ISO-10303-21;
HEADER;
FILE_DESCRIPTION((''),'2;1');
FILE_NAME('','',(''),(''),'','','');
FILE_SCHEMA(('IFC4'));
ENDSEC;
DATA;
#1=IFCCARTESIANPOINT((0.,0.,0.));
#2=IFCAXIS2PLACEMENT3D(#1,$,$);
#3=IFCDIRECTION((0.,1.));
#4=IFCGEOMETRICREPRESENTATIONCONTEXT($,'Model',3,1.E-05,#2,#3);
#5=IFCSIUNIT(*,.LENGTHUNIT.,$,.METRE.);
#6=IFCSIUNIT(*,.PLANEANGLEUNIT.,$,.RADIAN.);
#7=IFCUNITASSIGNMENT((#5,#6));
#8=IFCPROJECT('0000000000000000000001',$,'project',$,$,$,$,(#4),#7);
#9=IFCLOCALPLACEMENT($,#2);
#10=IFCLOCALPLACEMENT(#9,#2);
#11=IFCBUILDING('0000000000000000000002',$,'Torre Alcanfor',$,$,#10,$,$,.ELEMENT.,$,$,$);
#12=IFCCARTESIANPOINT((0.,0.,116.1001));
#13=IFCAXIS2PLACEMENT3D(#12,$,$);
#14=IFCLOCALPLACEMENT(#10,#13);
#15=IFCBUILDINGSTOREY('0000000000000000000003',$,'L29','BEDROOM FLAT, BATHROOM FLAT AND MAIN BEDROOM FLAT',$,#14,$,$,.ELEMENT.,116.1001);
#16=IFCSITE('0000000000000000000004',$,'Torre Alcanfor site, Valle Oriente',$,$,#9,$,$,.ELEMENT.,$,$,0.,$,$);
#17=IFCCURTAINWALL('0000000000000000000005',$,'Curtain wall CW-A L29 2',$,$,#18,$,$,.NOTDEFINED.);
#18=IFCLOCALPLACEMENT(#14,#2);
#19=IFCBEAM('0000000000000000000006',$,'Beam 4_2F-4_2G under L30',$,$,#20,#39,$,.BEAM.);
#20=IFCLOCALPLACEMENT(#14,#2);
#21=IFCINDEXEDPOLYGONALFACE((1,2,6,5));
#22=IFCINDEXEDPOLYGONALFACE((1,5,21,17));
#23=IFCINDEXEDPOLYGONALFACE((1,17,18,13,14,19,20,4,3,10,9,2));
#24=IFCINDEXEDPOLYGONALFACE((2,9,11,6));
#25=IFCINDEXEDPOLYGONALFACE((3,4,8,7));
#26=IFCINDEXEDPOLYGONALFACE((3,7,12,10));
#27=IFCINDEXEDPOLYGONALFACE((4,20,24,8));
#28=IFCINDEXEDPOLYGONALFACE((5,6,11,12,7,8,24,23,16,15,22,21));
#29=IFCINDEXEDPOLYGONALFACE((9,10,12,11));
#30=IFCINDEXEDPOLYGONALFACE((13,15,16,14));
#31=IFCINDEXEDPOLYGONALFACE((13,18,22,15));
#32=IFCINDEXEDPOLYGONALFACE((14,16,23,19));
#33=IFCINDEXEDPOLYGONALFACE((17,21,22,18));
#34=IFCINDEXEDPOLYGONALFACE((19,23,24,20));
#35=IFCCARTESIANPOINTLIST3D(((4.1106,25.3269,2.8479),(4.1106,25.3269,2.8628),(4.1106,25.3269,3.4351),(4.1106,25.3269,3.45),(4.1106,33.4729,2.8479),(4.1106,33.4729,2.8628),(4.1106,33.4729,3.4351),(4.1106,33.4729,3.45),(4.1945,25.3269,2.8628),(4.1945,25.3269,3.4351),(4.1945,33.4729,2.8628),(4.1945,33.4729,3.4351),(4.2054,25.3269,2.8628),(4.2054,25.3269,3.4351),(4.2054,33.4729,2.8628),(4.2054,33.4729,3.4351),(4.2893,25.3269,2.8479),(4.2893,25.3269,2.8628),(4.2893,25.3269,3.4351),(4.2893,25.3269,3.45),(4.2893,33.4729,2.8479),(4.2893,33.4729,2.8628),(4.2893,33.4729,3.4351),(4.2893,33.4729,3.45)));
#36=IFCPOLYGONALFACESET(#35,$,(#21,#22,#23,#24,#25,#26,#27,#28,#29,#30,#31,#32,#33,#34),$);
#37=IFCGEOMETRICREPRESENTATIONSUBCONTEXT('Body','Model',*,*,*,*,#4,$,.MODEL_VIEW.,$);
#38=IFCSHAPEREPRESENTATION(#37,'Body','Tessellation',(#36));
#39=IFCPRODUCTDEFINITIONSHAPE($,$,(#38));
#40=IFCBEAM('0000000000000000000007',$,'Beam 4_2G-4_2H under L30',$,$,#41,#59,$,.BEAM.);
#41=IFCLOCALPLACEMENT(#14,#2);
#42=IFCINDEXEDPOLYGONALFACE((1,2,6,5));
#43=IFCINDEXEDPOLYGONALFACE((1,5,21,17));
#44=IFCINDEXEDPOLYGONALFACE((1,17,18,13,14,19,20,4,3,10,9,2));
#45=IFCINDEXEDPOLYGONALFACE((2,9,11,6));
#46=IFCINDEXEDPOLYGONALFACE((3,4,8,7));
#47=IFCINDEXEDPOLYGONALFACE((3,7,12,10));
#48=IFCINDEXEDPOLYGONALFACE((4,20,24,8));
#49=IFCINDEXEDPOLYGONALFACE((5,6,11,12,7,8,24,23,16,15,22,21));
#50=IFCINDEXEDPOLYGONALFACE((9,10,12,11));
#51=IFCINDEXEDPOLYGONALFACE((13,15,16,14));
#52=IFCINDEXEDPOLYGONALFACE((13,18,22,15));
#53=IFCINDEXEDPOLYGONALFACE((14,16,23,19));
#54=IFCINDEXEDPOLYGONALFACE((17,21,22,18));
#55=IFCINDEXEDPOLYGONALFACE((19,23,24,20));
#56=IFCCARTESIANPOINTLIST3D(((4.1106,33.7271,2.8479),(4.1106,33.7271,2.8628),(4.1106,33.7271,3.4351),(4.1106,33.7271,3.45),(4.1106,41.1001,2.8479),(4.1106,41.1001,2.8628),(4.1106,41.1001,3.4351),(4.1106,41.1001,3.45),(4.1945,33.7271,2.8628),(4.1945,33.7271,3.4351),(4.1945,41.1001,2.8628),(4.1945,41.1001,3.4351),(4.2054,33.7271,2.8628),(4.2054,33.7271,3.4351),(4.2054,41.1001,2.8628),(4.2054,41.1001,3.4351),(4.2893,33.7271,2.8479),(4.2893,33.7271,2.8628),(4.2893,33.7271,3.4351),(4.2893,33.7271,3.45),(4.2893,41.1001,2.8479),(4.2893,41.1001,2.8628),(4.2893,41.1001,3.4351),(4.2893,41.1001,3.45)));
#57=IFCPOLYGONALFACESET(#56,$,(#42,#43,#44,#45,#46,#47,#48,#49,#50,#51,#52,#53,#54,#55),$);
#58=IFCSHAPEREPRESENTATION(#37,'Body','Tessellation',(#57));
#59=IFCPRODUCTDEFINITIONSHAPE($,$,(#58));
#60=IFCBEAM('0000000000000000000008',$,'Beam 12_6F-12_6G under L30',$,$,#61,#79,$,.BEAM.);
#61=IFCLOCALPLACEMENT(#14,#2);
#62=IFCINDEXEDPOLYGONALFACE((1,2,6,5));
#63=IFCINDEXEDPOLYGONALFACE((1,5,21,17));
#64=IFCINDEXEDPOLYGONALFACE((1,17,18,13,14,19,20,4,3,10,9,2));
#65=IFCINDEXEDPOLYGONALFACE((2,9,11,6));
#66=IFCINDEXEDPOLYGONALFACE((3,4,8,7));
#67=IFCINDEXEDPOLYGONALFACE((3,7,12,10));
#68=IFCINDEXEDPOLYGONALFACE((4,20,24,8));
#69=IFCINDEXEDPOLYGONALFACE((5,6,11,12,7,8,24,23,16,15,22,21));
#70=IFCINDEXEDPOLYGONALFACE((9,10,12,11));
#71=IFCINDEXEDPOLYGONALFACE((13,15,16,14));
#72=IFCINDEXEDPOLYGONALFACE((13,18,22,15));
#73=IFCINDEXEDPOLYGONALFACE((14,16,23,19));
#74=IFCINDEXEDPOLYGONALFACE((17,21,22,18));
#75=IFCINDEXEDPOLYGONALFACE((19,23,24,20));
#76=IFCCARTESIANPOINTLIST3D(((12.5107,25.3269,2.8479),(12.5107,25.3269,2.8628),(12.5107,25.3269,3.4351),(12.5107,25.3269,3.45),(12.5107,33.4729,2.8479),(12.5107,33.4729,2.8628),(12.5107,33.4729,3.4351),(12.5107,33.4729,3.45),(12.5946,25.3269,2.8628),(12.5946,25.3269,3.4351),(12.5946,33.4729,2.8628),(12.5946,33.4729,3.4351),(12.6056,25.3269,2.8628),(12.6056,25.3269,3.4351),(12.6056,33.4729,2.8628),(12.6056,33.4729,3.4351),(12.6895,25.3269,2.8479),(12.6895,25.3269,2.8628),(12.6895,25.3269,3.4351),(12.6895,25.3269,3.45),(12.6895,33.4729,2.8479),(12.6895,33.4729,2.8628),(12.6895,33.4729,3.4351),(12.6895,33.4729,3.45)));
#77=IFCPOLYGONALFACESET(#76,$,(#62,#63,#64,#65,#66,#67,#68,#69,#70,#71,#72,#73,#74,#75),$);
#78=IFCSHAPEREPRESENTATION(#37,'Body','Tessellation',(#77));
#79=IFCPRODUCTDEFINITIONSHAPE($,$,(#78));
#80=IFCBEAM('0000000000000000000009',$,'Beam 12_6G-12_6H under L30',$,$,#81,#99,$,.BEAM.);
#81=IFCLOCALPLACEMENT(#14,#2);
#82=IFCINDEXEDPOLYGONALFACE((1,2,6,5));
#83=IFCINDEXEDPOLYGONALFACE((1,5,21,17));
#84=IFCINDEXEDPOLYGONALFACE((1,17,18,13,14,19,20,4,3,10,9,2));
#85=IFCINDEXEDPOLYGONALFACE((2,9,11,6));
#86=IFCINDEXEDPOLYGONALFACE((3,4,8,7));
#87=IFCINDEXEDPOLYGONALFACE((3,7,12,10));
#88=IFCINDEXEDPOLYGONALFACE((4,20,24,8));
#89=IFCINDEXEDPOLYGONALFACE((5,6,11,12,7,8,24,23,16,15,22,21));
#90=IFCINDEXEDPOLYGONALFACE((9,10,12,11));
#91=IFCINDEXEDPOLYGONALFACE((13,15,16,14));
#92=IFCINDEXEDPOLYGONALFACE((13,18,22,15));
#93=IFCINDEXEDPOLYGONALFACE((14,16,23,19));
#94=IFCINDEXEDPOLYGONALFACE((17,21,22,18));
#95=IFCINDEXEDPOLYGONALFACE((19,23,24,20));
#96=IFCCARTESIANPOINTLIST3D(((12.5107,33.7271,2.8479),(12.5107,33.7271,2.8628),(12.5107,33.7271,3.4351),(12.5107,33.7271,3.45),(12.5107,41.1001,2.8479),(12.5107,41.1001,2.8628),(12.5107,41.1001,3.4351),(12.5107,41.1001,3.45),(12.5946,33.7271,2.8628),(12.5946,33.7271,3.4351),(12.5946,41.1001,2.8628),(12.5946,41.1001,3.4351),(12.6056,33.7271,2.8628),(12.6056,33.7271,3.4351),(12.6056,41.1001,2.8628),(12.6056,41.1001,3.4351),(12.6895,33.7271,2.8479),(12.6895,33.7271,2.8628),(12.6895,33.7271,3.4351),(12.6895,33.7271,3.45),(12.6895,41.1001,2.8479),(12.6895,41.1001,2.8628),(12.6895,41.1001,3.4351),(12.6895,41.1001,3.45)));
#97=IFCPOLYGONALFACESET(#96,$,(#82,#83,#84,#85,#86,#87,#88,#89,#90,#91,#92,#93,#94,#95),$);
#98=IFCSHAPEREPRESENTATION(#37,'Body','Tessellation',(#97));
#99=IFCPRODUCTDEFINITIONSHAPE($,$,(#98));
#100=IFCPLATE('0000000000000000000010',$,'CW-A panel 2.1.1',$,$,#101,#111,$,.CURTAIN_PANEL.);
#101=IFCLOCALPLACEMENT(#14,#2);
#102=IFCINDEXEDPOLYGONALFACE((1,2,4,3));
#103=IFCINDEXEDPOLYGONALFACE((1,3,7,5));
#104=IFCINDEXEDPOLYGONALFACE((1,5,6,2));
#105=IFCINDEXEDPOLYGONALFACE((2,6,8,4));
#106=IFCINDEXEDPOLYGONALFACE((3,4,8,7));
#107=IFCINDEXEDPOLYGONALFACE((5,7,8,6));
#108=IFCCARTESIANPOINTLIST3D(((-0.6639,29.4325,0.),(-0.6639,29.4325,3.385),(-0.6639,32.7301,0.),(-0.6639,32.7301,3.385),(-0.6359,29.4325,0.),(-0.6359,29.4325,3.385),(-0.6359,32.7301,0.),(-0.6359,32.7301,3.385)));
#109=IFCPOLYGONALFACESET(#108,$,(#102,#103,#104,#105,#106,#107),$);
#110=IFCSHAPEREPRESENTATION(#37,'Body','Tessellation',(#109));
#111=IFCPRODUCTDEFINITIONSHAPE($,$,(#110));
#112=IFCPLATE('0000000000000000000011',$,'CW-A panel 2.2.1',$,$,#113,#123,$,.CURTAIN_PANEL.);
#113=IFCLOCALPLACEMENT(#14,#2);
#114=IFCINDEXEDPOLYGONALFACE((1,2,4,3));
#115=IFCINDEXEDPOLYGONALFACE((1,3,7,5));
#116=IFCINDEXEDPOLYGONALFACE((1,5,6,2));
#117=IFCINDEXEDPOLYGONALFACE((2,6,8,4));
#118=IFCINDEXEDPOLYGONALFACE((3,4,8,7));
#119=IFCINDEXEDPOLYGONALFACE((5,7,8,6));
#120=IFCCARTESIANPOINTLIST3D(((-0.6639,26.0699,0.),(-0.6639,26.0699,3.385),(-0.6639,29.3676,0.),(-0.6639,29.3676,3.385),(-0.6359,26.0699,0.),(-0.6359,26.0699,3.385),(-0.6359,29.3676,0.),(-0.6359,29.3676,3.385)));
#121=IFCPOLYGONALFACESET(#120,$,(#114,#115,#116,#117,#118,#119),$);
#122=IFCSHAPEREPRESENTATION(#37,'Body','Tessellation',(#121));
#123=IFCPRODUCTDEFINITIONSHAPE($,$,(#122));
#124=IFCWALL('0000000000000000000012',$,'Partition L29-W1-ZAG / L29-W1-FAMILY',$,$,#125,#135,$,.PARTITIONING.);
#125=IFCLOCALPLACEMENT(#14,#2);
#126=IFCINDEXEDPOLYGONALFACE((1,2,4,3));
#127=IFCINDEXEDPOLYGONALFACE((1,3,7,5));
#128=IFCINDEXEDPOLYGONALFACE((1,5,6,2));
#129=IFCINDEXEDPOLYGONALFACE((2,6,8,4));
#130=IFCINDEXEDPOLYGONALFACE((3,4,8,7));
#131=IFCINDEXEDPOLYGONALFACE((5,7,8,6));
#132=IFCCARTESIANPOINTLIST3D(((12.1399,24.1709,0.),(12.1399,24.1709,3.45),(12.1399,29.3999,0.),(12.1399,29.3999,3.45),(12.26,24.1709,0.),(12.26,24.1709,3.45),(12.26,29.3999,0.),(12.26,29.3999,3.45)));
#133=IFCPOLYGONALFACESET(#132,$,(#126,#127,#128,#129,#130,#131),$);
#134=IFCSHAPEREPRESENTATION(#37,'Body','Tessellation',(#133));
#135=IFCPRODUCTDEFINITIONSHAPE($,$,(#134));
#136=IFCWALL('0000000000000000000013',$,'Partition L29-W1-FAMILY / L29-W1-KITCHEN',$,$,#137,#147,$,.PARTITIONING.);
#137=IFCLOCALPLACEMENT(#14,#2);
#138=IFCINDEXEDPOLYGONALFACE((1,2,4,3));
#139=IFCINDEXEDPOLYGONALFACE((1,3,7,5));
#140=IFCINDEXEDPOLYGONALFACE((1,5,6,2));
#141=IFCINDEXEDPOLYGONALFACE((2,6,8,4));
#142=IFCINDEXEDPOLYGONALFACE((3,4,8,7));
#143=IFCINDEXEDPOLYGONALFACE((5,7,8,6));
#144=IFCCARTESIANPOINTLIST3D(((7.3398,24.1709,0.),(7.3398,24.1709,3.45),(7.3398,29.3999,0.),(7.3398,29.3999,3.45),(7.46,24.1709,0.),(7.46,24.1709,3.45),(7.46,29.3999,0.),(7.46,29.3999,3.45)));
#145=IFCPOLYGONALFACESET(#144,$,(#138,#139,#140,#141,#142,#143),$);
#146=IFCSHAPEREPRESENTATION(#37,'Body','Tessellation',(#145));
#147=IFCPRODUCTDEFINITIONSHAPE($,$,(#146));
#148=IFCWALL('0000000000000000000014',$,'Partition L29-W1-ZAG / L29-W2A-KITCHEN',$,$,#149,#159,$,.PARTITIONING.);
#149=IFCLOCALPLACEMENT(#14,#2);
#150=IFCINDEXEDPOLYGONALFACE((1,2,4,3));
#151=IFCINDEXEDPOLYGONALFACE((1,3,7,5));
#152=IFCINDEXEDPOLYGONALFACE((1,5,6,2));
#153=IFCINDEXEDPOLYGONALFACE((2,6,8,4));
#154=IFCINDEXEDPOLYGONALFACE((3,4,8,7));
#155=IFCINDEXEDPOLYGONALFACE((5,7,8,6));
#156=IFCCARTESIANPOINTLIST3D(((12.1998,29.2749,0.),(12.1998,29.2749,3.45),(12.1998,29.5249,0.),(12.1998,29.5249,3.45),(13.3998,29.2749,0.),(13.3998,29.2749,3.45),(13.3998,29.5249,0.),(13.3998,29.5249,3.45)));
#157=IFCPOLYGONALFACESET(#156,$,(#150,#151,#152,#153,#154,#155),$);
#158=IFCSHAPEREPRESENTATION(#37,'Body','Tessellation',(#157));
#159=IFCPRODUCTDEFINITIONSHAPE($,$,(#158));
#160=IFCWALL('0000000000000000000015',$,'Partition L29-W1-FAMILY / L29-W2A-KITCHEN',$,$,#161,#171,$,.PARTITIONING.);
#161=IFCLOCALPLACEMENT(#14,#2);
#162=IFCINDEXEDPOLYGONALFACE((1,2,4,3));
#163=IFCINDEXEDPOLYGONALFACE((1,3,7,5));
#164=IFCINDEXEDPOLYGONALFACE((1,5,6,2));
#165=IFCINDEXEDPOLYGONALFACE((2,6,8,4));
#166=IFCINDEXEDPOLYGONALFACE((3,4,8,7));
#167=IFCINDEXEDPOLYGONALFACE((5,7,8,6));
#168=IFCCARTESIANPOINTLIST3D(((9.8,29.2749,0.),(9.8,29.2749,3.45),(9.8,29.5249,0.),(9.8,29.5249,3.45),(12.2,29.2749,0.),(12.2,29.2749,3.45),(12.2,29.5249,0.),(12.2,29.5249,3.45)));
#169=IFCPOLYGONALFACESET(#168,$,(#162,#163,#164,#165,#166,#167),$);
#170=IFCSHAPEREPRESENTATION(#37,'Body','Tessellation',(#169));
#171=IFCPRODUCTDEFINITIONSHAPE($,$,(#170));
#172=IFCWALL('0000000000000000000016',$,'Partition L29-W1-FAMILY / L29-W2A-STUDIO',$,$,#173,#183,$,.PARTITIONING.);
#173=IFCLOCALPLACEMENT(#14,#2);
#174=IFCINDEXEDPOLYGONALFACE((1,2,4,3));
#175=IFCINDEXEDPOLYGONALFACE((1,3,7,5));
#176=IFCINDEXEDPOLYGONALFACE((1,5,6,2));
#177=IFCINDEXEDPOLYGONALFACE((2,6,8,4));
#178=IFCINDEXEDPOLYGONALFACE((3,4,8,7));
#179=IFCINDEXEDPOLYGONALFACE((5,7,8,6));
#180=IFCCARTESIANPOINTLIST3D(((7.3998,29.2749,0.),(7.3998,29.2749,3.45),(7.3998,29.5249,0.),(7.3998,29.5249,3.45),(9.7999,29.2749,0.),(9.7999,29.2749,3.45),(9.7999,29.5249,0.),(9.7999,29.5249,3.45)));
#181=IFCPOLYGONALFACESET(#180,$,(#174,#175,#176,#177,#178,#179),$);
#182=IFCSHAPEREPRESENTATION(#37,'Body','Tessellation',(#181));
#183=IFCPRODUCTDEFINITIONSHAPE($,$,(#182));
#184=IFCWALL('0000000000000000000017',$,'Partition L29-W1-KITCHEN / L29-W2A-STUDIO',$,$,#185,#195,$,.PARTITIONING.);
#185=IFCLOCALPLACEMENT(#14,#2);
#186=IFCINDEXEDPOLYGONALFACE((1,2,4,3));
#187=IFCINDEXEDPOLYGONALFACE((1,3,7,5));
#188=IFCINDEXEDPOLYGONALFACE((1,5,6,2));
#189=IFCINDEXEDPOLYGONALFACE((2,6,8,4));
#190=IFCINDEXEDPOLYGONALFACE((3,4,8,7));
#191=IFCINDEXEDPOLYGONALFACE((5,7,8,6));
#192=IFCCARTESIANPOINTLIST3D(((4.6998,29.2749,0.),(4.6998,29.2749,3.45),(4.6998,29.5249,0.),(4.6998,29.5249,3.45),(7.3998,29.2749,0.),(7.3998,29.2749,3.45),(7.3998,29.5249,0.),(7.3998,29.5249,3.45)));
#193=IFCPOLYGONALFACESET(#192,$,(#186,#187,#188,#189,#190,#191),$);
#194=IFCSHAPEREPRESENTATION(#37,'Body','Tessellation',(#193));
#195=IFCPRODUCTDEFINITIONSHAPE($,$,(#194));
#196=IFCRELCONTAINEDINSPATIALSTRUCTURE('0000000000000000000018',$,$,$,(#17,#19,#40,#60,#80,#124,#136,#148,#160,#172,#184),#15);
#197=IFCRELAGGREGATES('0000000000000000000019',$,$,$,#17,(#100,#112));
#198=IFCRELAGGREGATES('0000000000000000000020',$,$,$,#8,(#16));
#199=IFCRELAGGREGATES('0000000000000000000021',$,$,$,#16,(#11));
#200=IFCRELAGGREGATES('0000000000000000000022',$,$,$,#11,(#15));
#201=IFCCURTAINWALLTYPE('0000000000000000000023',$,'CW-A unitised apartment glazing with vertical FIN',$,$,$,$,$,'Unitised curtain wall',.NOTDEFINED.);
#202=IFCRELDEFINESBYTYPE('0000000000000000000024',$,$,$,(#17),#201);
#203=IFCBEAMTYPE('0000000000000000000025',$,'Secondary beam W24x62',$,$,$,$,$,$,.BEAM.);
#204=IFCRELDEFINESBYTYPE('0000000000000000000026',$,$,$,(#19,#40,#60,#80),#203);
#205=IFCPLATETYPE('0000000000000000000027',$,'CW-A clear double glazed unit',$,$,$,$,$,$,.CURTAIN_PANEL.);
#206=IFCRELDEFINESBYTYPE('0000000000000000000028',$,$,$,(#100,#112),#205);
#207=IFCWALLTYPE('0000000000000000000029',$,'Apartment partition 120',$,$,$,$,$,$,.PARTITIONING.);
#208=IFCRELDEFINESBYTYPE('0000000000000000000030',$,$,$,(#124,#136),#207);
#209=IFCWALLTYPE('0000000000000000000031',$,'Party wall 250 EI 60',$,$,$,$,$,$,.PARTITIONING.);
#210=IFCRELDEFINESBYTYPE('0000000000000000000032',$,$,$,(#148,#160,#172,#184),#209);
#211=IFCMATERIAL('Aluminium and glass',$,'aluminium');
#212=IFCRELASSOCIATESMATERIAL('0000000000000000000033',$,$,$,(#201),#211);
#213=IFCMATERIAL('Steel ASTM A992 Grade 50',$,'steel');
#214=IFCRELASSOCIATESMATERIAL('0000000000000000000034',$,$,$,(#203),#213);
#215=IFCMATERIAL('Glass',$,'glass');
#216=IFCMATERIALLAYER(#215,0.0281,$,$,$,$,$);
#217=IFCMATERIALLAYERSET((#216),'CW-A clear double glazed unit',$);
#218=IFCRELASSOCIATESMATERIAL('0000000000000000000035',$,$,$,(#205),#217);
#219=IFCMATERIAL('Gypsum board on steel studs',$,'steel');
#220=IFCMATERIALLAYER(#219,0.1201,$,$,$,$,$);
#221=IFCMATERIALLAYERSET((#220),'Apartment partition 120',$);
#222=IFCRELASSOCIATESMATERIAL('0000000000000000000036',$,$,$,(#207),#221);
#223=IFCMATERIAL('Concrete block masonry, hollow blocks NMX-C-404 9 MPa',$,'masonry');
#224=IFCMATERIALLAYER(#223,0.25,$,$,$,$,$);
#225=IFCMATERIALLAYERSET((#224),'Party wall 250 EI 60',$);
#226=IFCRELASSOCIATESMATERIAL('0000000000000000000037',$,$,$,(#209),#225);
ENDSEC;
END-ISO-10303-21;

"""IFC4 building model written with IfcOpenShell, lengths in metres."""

from ifc_helpers import new_model, si_unit, direction, frame, frame_2d, origin, origin_2d, place, context, subcontext, project, spatial, rectangle, i_section, extrude, material, layer, layer_set, material_profile, profile_set, type_object, element, aggregate, save


model = new_model("IFC4")

# Units and contexts
model_context = context("Model", 3, precision=1e-05, world=origin(), true_north=direction((0.0, 1.0)))
body_context = subcontext(model_context, "Body", "Model", "MODEL_VIEW")
ifc_project = project(units=[si_unit("LENGTHUNIT", "METRE"), si_unit("PLANEANGLEUNIT", "RADIAN")], contexts=[model_context])

# Site, building, storey
site_placement = place(None, origin())
site = spatial("IfcSite", under=ifc_project, at=site_placement, Name="Torre Alcanfor site, Valle Oriente", CompositionType="ELEMENT", RefElevation=0.0)
building_placement = place(site_placement, origin())
building = spatial("IfcBuilding", under=site, at=building_placement, Name="Torre Alcanfor", CompositionType="ELEMENT")
storey_placement = place(building_placement, frame((0.0, 0.0, 116.1001)))
storey = spatial("IfcBuildingStorey", under=building, at=storey_placement, Name="L29", Description="BEDROOM FLAT, BATHROOM FLAT AND MAIN BEDROOM FLAT", CompositionType="ELEMENT", Elevation=116.1001)

# Curtain wall
ifc_material_1 = material(Name="Aluminium and glass", Category="aluminium")
curtain_wall_type = type_object("IfcCurtainWallType", Name="CW-A unitised apartment glazing with vertical FIN", ElementType="Unitised curtain wall", PredefinedType="NOTDEFINED", material=ifc_material_1)
curtain_wall_placement = place(storey_placement, origin())
curtain_wall = element("IfcCurtainWall", 1, at=curtain_wall_placement, inside=storey, type_object=curtain_wall_type, Name="Curtain wall CW-A L29 2", PredefinedType="NOTDEFINED")

# Beams
ifc_material_2 = material(Name="Steel ASTM A992 Grade 50", Category="steel")
ifc_material_profile_1 = material_profile(ifc_material_2, i_section(OverallWidth=0.1787, OverallDepth=0.6021, WebThickness=0.011, FlangeThickness=0.0149, at=origin_2d()), Name="W24x62")
ifc_profile_set_1 = profile_set([ifc_material_profile_1], Name="Steel ASTM A992 Grade 50")
beam_type_1 = type_object("IfcBeamType", Name="Secondary beam W24x62", PredefinedType="BEAM", material=ifc_profile_set_1)
beam_1_placement = place(storey_placement, frame((4.2, 25.3269, 3.1489), z_axis=(0.0, 1.0, 0.0), x_axis=(-1.0, 0.0, 0.0)))
element("IfcBeam", 2, at=beam_1_placement, inside=storey, type_object=beam_type_1, Name="Beam 4_2F-4_2G under L30", PredefinedType="BEAM", context=body_context, shape_type="SweptSolid", body=[
    extrude(i_section(OverallWidth=0.1787, OverallDepth=0.6021, WebThickness=0.011, FlangeThickness=0.0149, at=origin_2d()), origin(), (0.0, 0.0, 1.0), 8.146),
])
beam_2_placement = place(storey_placement, frame((4.2, 33.7271, 3.1489), z_axis=(0.0, 1.0, 0.0), x_axis=(-1.0, 0.0, 0.0)))
element("IfcBeam", 3, at=beam_2_placement, inside=storey, type_object=beam_type_1, Name="Beam 4_2G-4_2H under L30", PredefinedType="BEAM", context=body_context, shape_type="SweptSolid", body=[
    extrude(i_section(OverallWidth=0.1787, OverallDepth=0.6021, WebThickness=0.011, FlangeThickness=0.0149, at=origin_2d()), origin(), (0.0, 0.0, 1.0), 7.373),
])
beam_3_placement = place(storey_placement, frame((12.6001, 25.3269, 3.1489), z_axis=(0.0, 1.0, 0.0), x_axis=(-1.0, 0.0, 0.0)))
element("IfcBeam", 4, at=beam_3_placement, inside=storey, type_object=beam_type_1, Name="Beam 12_6F-12_6G under L30", PredefinedType="BEAM", context=body_context, shape_type="SweptSolid", body=[
    extrude(i_section(OverallWidth=0.1787, OverallDepth=0.6021, WebThickness=0.011, FlangeThickness=0.0149, at=origin_2d()), origin(), (0.0, 0.0, 1.0), 8.146),
])
beam_4_placement = place(storey_placement, frame((12.6001, 33.7271, 3.1489), z_axis=(0.0, 1.0, 0.0), x_axis=(-1.0, 0.0, 0.0)))
element("IfcBeam", 5, at=beam_4_placement, inside=storey, type_object=beam_type_1, Name="Beam 12_6G-12_6H under L30", PredefinedType="BEAM", context=body_context, shape_type="SweptSolid", body=[
    extrude(i_section(OverallWidth=0.1787, OverallDepth=0.6021, WebThickness=0.011, FlangeThickness=0.0149, at=origin_2d()), origin(), (0.0, 0.0, 1.0), 7.373),
])

# Plates
ifc_material_3 = material(Name="Glass", Category="glass")
ifc_layer_1 = layer(ifc_material_3, 0.0281)
ifc_layer_set_1 = layer_set([ifc_layer_1], Name="CW-A clear double glazed unit")
plate_type = type_object("IfcPlateType", Name="CW-A clear double glazed unit", PredefinedType="CURTAIN_PANEL", material=ifc_layer_set_1)
plate_1_placement = place(storey_placement, frame((-0.6499, 31.0813, 0.0), z_axis=(0.0, 0.0, 1.0), x_axis=(0.0, -1.0, 0.0)))
plate_1 = element("IfcPlate", 6, at=plate_1_placement, type_object=plate_type, Name="CW-A panel 2.1.1", PredefinedType="CURTAIN_PANEL", context=body_context, shape_type="SweptSolid", body=[
    extrude(rectangle(XDim=3.2976, YDim=0.0281, at=origin_2d()), origin(), (0.0, 0.0, 1.0), 3.385),
])
plate_2_placement = place(storey_placement, frame((-0.6499, 27.7188, 0.0), z_axis=(0.0, 0.0, 1.0), x_axis=(0.0, -1.0, 0.0)))
plate_2 = element("IfcPlate", 7, at=plate_2_placement, type_object=plate_type, Name="CW-A panel 2.2.1", PredefinedType="CURTAIN_PANEL", context=body_context, shape_type="SweptSolid", body=[
    extrude(rectangle(XDim=3.2976, YDim=0.0281, at=origin_2d()), origin(), (0.0, 0.0, 1.0), 3.385),
])
aggregate(curtain_wall, [plate_1, plate_2])

# Walls
ifc_material_4 = material(Name="Gypsum board on steel studs", Category="steel")
ifc_layer_2 = layer(ifc_material_4, 0.1201)
ifc_layer_set_2 = layer_set([ifc_layer_2], Name="Apartment partition 120")
wall_type_1 = type_object("IfcWallType", Name="Apartment partition 120", PredefinedType="PARTITIONING", material=ifc_layer_set_2)
for number, where, z_axis, x_axis, name in (
    (8, (12.2, 29.3999, 0.0), (0.0, 0.0, 1.0), (0.0, -1.0, 0.0), "Partition L29-W1-ZAG / L29-W1-FAMILY"),
    (9, (7.3999, 29.3999, 0.0), (0.0, 0.0, 1.0), (0.0, -1.0, 0.0), "Partition L29-W1-FAMILY / L29-W1-KITCHEN"),
):
    element("IfcWall", number, at=place(storey_placement, frame(where, z_axis=z_axis, x_axis=x_axis)), inside=storey, type_object=wall_type_1, Name=name, PredefinedType="PARTITIONING", context=body_context, shape_type="SweptSolid", body=[
        extrude(rectangle(XDim=5.229, YDim=0.1201, at=frame_2d((2.6145, 0.0))), origin(), (0.0, 0.0, 1.0), 3.45),
    ])
ifc_material_5 = material(Name="Concrete block masonry, hollow blocks NMX-C-404 9 MPa", Category="masonry")
ifc_layer_3 = layer(ifc_material_5, 0.25)
ifc_layer_set_3 = layer_set([ifc_layer_3], Name="Party wall 250 EI 60")
wall_type_2 = type_object("IfcWallType", Name="Party wall 250 EI 60", PredefinedType="PARTITIONING", material=ifc_layer_set_3)
wall_1_placement = place(storey_placement, frame((13.3999, 29.3999, 0.0), z_axis=(0.0, 0.0, 1.0), x_axis=(-1.0, 0.0, 0.0)))
element("IfcWall", 10, at=wall_1_placement, inside=storey, type_object=wall_type_2, Name="Partition L29-W1-ZAG / L29-W2A-KITCHEN", PredefinedType="PARTITIONING", context=body_context, shape_type="SweptSolid", body=[
    extrude(rectangle(XDim=1.2, YDim=0.25, at=frame_2d((0.6001, 0.0))), origin(), (0.0, 0.0, 1.0), 3.45),
])
wall_2_placement = place(storey_placement, frame((12.2, 29.3999, 0.0), z_axis=(0.0, 0.0, 1.0), x_axis=(-1.0, 0.0, 0.0)))
element("IfcWall", 11, at=wall_2_placement, inside=storey, type_object=wall_type_2, Name="Partition L29-W1-FAMILY / L29-W2A-KITCHEN", PredefinedType="PARTITIONING", context=body_context, shape_type="SweptSolid", body=[
    extrude(rectangle(XDim=2.3999, YDim=0.25, at=frame_2d((1.2, 0.0))), origin(), (0.0, 0.0, 1.0), 3.45),
])
wall_3_placement = place(storey_placement, frame((9.8, 29.3999, 0.0), z_axis=(0.0, 0.0, 1.0), x_axis=(-1.0, 0.0, 0.0)))
element("IfcWall", 12, at=wall_3_placement, inside=storey, type_object=wall_type_2, Name="Partition L29-W1-FAMILY / L29-W2A-STUDIO", PredefinedType="PARTITIONING", context=body_context, shape_type="SweptSolid", body=[
    extrude(rectangle(XDim=2.4001, YDim=0.25, at=frame_2d((1.2002, 0.0))), origin(), (0.0, 0.0, 1.0), 3.45),
])
wall_4_placement = place(storey_placement, frame((7.3999, 29.3999, 0.0), z_axis=(0.0, 0.0, 1.0), x_axis=(-1.0, 0.0, 0.0)))
element("IfcWall", 13, at=wall_4_placement, inside=storey, type_object=wall_type_2, Name="Partition L29-W1-KITCHEN / L29-W2A-STUDIO", PredefinedType="PARTITIONING", context=body_context, shape_type="SweptSolid", body=[
    extrude(rectangle(XDim=2.7, YDim=0.25, at=frame_2d((1.3501, 0.0))), origin(), (0.0, 0.0, 1.0), 3.45),
])

save(model, "model.ifc")
